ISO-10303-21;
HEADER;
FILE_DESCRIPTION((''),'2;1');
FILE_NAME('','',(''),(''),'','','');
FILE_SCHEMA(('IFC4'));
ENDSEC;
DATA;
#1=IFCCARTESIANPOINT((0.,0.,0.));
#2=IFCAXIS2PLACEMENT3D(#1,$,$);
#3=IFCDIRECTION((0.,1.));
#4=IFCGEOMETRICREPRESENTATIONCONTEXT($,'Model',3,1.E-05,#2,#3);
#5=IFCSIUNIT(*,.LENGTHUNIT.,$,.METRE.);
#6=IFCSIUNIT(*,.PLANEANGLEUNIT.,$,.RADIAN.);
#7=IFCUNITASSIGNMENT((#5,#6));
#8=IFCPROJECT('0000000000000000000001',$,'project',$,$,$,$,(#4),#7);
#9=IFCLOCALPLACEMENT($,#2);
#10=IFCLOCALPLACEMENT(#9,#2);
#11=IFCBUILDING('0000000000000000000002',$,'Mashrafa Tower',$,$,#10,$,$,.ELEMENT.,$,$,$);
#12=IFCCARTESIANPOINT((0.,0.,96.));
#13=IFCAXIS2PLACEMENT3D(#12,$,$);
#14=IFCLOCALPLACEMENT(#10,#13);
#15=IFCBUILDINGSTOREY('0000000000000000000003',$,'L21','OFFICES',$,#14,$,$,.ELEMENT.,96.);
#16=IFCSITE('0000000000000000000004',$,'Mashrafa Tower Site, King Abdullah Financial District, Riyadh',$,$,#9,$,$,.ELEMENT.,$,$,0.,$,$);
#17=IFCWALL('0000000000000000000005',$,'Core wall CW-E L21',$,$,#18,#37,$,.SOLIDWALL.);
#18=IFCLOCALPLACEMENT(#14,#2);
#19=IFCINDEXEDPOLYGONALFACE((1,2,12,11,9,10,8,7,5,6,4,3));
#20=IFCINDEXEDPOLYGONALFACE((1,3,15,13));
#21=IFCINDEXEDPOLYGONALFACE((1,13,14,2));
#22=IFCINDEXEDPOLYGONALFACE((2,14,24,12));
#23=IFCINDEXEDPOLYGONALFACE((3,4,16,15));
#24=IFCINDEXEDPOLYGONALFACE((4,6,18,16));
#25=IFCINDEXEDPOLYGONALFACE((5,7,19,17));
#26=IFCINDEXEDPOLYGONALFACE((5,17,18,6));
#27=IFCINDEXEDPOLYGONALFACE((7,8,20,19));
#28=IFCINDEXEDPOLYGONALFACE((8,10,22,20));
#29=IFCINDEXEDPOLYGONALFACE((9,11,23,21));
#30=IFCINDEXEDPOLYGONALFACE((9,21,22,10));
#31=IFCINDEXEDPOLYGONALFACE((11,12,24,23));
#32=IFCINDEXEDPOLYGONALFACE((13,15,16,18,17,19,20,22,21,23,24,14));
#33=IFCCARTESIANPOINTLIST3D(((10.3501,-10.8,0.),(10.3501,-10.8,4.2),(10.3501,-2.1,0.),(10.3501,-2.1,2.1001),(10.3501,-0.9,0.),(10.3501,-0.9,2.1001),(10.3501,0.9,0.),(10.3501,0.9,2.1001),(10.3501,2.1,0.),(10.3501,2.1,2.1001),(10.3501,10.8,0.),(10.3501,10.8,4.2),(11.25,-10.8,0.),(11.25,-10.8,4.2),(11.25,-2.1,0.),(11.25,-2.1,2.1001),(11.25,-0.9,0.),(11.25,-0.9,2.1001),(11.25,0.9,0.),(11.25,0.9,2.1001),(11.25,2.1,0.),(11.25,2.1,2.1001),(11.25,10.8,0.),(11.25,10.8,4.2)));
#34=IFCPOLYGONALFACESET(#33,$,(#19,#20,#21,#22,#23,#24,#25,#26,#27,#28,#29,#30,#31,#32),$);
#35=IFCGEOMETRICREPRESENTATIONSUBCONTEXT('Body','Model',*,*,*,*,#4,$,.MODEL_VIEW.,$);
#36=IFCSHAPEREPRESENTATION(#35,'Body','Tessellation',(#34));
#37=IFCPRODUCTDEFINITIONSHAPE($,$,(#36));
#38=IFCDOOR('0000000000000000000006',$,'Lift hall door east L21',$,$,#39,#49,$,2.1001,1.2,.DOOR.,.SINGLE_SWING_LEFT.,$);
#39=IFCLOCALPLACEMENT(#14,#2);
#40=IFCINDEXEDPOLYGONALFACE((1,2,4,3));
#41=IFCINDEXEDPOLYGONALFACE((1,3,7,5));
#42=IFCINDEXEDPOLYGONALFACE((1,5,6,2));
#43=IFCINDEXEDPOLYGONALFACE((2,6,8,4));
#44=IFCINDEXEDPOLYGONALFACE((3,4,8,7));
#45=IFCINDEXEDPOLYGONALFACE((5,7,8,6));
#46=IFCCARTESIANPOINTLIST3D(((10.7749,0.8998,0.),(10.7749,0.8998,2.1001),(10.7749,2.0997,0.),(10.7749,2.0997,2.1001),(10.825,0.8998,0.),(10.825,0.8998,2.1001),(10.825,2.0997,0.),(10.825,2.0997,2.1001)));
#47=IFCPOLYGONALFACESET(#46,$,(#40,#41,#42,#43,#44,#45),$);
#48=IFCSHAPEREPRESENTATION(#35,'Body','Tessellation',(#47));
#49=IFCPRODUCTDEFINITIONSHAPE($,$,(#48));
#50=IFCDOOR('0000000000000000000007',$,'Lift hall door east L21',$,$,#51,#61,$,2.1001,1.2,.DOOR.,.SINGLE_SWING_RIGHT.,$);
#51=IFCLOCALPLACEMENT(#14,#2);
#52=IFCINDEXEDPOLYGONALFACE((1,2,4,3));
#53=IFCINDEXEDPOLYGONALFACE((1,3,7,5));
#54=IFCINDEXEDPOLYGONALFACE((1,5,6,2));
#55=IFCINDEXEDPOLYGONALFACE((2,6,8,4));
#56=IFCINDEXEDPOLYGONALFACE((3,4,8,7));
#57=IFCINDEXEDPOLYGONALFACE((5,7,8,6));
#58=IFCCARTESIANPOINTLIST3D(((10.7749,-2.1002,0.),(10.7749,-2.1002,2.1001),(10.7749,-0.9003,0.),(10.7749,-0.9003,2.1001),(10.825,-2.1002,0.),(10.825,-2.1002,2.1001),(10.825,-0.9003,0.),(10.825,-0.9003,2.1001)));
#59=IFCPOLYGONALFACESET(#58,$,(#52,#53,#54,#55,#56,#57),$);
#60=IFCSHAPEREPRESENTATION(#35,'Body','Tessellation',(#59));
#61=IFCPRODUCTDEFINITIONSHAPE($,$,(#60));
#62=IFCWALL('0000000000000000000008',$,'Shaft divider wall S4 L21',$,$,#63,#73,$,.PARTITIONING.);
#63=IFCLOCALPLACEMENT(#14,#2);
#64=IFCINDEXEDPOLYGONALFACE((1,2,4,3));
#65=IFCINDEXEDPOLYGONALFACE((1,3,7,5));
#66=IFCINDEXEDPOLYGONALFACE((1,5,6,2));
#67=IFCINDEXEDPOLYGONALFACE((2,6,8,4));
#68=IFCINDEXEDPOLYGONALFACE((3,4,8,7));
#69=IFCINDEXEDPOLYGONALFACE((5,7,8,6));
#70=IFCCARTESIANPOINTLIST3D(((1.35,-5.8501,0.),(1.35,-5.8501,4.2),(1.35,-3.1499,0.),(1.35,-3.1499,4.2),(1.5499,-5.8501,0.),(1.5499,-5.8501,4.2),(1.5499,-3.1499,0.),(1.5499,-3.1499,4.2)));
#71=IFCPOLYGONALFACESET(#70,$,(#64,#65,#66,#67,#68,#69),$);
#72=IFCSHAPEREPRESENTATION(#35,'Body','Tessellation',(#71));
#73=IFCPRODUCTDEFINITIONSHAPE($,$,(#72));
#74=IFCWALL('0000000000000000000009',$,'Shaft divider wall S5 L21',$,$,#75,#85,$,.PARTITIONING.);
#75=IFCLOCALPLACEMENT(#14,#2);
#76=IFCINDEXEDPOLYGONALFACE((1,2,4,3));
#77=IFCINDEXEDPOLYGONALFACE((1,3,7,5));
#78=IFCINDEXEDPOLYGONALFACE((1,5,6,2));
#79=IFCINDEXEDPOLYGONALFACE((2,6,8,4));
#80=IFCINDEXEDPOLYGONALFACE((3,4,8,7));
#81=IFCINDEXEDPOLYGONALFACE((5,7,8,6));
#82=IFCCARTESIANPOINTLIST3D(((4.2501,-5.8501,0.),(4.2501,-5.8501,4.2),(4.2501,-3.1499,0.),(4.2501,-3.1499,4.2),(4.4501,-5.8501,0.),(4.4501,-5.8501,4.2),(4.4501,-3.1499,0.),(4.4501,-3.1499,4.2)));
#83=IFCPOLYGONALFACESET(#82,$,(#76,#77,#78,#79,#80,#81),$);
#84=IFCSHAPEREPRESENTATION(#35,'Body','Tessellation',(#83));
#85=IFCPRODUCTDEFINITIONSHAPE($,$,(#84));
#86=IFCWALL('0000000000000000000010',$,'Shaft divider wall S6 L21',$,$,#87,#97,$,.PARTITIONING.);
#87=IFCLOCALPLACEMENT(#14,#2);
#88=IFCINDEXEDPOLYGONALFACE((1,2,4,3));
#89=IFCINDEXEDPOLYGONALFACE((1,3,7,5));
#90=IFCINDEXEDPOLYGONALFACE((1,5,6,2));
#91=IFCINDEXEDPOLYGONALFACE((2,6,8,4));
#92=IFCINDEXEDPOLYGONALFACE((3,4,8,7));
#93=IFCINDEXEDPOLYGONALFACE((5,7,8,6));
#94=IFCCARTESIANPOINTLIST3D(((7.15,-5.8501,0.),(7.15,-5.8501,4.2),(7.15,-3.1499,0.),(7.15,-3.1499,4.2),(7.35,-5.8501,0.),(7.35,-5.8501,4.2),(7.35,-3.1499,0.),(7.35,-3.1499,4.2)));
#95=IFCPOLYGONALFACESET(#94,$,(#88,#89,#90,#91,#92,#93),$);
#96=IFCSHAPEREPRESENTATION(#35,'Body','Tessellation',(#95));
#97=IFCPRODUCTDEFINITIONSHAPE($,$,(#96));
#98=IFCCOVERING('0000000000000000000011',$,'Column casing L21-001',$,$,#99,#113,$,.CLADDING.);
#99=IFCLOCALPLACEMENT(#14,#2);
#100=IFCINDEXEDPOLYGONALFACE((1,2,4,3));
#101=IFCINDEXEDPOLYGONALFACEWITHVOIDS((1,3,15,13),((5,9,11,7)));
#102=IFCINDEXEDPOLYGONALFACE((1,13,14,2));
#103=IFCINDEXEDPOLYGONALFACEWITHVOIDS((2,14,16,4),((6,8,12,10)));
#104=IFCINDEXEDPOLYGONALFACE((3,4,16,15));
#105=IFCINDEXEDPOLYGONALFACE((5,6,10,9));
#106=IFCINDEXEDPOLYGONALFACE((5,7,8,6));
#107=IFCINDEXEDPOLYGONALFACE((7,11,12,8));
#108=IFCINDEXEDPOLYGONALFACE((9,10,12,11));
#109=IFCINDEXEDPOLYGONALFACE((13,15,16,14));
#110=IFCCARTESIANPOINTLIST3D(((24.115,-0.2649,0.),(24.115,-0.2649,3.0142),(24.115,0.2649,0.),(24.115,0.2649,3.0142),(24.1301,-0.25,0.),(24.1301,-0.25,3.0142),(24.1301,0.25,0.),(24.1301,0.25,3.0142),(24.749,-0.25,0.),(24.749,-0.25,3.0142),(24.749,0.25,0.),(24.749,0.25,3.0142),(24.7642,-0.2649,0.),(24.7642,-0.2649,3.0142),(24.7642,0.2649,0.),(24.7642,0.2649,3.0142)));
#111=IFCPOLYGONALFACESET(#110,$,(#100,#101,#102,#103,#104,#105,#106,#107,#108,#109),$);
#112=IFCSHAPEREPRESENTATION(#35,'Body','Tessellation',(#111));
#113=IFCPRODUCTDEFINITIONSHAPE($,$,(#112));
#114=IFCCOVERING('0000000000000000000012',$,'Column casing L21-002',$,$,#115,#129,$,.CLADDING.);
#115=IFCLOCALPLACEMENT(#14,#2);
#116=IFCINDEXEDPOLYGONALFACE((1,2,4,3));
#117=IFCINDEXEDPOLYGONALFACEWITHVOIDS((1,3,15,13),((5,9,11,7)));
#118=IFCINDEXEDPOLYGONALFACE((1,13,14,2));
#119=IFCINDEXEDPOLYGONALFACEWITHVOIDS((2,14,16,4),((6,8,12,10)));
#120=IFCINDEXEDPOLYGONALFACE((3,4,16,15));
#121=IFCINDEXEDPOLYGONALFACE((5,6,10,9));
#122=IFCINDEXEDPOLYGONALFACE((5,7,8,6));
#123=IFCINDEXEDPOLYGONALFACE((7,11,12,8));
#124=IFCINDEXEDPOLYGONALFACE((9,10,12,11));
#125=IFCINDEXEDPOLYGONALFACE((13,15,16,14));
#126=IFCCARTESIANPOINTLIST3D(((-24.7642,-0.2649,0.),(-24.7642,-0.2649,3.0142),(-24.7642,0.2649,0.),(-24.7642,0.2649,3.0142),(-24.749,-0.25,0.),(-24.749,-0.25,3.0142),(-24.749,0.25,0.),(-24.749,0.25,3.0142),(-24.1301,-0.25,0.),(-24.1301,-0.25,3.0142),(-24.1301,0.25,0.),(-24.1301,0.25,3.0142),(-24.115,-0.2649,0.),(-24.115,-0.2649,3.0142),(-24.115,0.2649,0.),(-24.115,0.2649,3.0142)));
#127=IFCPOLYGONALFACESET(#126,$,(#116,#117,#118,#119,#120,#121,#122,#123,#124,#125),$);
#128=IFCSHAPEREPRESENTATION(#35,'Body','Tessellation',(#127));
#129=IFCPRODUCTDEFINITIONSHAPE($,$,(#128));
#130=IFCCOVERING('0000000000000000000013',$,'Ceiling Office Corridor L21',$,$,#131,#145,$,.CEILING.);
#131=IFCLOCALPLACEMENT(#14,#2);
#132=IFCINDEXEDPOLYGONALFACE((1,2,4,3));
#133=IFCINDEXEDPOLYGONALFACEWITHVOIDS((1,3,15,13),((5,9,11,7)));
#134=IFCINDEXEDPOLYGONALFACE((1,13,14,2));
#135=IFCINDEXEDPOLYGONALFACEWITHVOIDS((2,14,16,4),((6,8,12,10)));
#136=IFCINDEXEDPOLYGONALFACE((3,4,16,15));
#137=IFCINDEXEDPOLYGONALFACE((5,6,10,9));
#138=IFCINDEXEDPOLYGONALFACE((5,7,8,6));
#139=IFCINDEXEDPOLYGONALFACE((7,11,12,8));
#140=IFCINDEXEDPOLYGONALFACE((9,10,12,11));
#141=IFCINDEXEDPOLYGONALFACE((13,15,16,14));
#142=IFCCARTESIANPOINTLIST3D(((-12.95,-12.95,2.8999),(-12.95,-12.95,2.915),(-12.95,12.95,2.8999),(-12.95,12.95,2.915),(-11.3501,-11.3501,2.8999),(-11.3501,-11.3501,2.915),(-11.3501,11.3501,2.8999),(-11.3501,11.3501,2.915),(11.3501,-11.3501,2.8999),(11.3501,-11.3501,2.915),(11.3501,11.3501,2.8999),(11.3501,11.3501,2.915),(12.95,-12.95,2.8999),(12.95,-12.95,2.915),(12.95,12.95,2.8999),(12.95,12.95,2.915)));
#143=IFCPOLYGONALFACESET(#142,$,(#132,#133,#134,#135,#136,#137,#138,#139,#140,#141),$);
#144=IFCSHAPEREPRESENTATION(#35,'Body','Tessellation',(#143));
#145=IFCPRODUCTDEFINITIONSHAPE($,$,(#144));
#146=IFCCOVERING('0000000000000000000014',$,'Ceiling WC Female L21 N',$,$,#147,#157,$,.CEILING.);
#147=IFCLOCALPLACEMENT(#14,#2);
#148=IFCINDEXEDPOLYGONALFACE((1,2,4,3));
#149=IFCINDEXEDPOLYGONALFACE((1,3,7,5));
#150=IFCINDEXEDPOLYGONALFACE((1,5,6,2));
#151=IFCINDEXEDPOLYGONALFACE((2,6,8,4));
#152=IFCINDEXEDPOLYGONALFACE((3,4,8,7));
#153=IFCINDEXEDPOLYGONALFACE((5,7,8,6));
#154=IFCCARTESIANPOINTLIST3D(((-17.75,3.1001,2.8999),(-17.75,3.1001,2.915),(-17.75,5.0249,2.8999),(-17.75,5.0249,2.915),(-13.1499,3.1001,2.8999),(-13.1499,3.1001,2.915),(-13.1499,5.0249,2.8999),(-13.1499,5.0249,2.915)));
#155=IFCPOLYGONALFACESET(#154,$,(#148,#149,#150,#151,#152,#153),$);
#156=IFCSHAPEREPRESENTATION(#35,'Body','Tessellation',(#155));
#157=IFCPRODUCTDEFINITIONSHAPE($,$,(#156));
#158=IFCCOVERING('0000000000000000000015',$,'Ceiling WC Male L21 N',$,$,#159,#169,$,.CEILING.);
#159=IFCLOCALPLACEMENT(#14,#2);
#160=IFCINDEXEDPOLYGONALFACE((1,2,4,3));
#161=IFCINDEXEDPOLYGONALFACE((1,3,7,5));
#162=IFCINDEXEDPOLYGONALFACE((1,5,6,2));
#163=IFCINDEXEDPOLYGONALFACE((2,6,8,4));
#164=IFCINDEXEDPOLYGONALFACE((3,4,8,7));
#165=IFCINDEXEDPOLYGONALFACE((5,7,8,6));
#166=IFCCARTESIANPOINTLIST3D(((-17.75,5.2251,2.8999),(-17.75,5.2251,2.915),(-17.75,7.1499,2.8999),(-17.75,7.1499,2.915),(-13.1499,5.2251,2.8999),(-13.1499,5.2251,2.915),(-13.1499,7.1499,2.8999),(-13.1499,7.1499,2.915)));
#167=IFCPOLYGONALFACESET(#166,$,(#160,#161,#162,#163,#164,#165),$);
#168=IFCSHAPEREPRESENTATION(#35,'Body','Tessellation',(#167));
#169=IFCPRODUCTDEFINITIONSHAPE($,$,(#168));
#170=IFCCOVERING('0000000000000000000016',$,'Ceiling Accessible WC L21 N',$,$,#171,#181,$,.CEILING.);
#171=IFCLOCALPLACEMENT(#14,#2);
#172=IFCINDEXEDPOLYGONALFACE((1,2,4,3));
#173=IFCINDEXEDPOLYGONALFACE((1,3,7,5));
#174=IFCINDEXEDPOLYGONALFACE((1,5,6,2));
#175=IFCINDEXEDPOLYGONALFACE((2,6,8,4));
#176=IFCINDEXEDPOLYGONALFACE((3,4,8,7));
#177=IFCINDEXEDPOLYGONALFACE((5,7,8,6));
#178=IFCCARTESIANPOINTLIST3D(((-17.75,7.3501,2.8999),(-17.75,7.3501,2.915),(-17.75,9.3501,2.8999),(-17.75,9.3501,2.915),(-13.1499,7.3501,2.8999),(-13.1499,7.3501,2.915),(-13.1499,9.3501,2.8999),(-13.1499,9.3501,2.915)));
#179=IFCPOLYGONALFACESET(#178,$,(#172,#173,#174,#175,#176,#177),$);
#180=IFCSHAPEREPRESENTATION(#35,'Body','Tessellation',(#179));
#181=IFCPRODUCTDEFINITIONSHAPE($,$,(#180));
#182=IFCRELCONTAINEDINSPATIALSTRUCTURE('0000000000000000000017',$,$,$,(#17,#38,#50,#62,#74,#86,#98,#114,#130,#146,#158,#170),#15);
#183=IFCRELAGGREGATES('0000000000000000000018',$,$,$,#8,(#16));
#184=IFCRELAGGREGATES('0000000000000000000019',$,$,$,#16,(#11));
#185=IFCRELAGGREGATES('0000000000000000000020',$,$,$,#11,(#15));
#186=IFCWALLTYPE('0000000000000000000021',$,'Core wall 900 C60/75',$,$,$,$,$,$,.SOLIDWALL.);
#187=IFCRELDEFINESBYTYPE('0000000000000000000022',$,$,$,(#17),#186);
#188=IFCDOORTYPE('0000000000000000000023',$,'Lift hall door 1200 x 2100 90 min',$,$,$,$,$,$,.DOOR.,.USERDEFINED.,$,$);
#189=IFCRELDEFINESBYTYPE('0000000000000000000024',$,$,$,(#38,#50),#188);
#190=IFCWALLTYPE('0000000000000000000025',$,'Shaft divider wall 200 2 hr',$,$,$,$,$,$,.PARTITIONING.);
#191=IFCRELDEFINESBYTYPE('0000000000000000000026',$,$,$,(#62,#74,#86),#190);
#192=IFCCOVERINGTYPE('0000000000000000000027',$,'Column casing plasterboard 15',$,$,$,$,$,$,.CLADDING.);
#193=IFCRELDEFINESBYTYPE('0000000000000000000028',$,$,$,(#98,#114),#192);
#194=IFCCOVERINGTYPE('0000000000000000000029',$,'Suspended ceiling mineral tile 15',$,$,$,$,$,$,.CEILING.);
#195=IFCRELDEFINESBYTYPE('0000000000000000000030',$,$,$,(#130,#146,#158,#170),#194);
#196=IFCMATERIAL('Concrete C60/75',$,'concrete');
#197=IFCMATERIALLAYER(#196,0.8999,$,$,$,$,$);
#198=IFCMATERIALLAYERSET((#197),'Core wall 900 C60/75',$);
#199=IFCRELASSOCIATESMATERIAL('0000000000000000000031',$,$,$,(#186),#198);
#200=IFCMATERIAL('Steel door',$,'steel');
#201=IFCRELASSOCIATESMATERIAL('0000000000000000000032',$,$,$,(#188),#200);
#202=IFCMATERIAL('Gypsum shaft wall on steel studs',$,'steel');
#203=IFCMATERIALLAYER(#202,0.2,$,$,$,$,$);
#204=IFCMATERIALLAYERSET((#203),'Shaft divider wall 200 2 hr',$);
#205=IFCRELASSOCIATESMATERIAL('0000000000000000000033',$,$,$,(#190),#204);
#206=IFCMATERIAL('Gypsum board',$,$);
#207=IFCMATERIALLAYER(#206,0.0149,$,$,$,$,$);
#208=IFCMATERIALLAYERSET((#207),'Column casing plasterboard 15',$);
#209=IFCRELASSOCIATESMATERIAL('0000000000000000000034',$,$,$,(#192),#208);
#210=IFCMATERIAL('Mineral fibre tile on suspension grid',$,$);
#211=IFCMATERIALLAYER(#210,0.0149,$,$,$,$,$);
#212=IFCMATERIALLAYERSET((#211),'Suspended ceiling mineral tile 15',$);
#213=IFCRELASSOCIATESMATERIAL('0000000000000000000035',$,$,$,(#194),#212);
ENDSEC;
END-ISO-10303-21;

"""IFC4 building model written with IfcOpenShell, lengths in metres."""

from ifc_helpers import new_model, si_unit, direction, frame, frame_2d, origin, place, context, subcontext, project, spatial, polyline, rectangle, outline, extrude, material, layer, layer_set, type_object, element, fill, save


model = new_model("IFC4")

# Units and contexts
model_context = context("Model", 3, precision=1e-05, world=origin(), true_north=direction((0.0, 1.0)))
body_context = subcontext(model_context, "Body", "Model", "MODEL_VIEW")
ifc_project = project(units=[si_unit("LENGTHUNIT", "METRE"), si_unit("PLANEANGLEUNIT", "RADIAN")], contexts=[model_context])

# Site, building, storey
site_placement = place(None, origin())
site = spatial("IfcSite", under=ifc_project, at=site_placement, Name="Mashrafa Tower Site, King Abdullah Financial District, Riyadh", CompositionType="ELEMENT", RefElevation=0.0)
building_placement = place(site_placement, origin())
building = spatial("IfcBuilding", under=site, at=building_placement, Name="Mashrafa Tower", CompositionType="ELEMENT")
storey_placement = place(building_placement, frame((0.0, 0.0, 96.0)))
storey = spatial("IfcBuildingStorey", under=building, at=storey_placement, Name="L21", Description="OFFICES", CompositionType="ELEMENT", Elevation=96.0)

# Wall, openings, doors
ifc_material_1 = material(Name="Concrete C60/75", Category="concrete")
ifc_layer_1 = layer(ifc_material_1, 0.8999)
ifc_layer_set_1 = layer_set([ifc_layer_1], Name="Core wall 900 C60/75")
wall_type_1 = type_object("IfcWallType", Name="Core wall 900 C60/75", PredefinedType="SOLIDWALL", material=ifc_layer_set_1)
wall_1_placement = place(storey_placement, frame((10.8, -10.8, 0.0), z_axis=(0.0, 0.0, 1.0), x_axis=(0.0, 1.0, 0.0)))
wall_1 = element("IfcWall", 1, at=wall_1_placement, inside=storey, type_object=wall_type_1, Name="Core wall CW-E L21", PredefinedType="SOLIDWALL", context=body_context, shape_type="SweptSolid", body=[
    extrude(rectangle(XDim=21.6001, YDim=0.8999, at=frame_2d((10.8, 0.0))), origin(), (0.0, 0.0, 1.0), 4.2),
])
opening_1_placement = place(wall_1_placement, frame((11.7, 0.0, 0.0)))
opening_1 = element("IfcOpeningElement", 2, at=opening_1_placement, cuts=wall_1, PredefinedType="OPENING", context=body_context, shape_type="SweptSolid", body=[
    extrude(rectangle(XDim=1.2, YDim=2.1001, at=frame_2d((0.6001, 1.05))), frame((0.0, 0.46, 0.0), z_axis=(0.0, -1.0, 0.0), x_axis=(1.0, 0.0, 0.0)), (0.0, 0.0, 1.0), 0.9199),
])
opening_2_placement = place(wall_1_placement, frame((8.7, 0.0, 0.0)))
opening_2 = element("IfcOpeningElement", 3, at=opening_2_placement, cuts=wall_1, PredefinedType="OPENING", context=body_context, shape_type="SweptSolid", body=[
    extrude(rectangle(XDim=1.2, YDim=2.1001, at=frame_2d((0.6001, 1.05))), frame((0.0, 0.46, 0.0), z_axis=(0.0, -1.0, 0.0), x_axis=(1.0, 0.0, 0.0)), (0.0, 0.0, 1.0), 0.9199),
])
ifc_material_2 = material(Name="Steel door", Category="steel")
door_type_1 = type_object("IfcDoorType", Name="Lift hall door 1200 x 2100 90 min", OperationType="USERDEFINED", PredefinedType="DOOR", material=ifc_material_2)
door_1_placement = place(opening_1_placement, frame((1.2, 0.0, 0.0), z_axis=(0.0, 0.0, 1.0), x_axis=(-1.0, 0.0, 0.0)))
door_1 = element("IfcDoor", 4, at=door_1_placement, inside=storey, type_object=door_type_1, Name="Lift hall door east L21", OperationType="SINGLE_SWING_LEFT", OverallHeight=2.1001, OverallWidth=1.2, PredefinedType="DOOR", context=body_context, shape_type="SweptSolid", body=[
    extrude(rectangle(XDim=1.2, YDim=2.1001, at=frame_2d((0.6001, 1.05))), frame((0.0, 0.0249, 0.0), z_axis=(0.0, -1.0, 0.0), x_axis=(1.0, 0.0, 0.0)), (0.0, 0.0, 1.0), 0.05),
])
fill(opening_1, door_1)
door_2_placement = place(opening_2_placement, frame((1.2, 0.0, 0.0), z_axis=(0.0, 0.0, 1.0), x_axis=(-1.0, 0.0, 0.0)))
door_2 = element("IfcDoor", 5, at=door_2_placement, inside=storey, type_object=door_type_1, Name="Lift hall door east L21", OperationType="SINGLE_SWING_RIGHT", OverallHeight=2.1001, OverallWidth=1.2, PredefinedType="DOOR", context=body_context, shape_type="SweptSolid", body=[
    extrude(rectangle(XDim=1.2, YDim=2.1001, at=frame_2d((0.6001, 1.05))), frame((0.0, 0.0249, 0.0), z_axis=(0.0, -1.0, 0.0), x_axis=(1.0, 0.0, 0.0)), (0.0, 0.0, 1.0), 0.05),
])
fill(opening_2, door_2)

# Walls
ifc_material_3 = material(Name="Gypsum shaft wall on steel studs", Category="steel")
ifc_layer_2 = layer(ifc_material_3, 0.2)
ifc_layer_set_2 = layer_set([ifc_layer_2], Name="Shaft divider wall 200 2 hr")
wall_type_2 = type_object("IfcWallType", Name="Shaft divider wall 200 2 hr", PredefinedType="PARTITIONING", material=ifc_layer_set_2)
for number, where, z_axis, x_axis, name in (
    (6, (1.45, -5.8501, 0.0), (0.0, 0.0, 1.0), (0.0, 1.0, 0.0), "Shaft divider wall S4 L21"),
    (7, (4.3501, -5.8501, 0.0), (0.0, 0.0, 1.0), (0.0, 1.0, 0.0), "Shaft divider wall S5 L21"),
    (8, (7.25, -5.8501, 0.0), (0.0, 0.0, 1.0), (0.0, 1.0, 0.0), "Shaft divider wall S6 L21"),
):
    element("IfcWall", number, at=place(storey_placement, frame(where, z_axis=z_axis, x_axis=x_axis)), inside=storey, type_object=wall_type_2, Name=name, PredefinedType="PARTITIONING", context=body_context, shape_type="SweptSolid", body=[
        extrude(rectangle(XDim=2.7002, YDim=0.2, at=frame_2d((1.3501, 0.0))), origin(), (0.0, 0.0, 1.0), 4.2),
    ])

# Coverings
ifc_material_4 = material(Name="Gypsum board")
ifc_layer_3 = layer(ifc_material_4, 0.0149)
ifc_layer_set_3 = layer_set([ifc_layer_3], Name="Column casing plasterboard 15")
covering_type_1 = type_object("IfcCoveringType", Name="Column casing plasterboard 15", PredefinedType="CLADDING", material=ifc_layer_set_3)
covering_1_placement = place(storey_placement, origin())
element("IfcCovering", 9, at=covering_1_placement, inside=storey, type_object=covering_type_1, Name="Column casing L21-001", PredefinedType="CLADDING", context=body_context, shape_type="SweptSolid", body=[
    extrude(outline(polyline([(24.115, 0.2649), (24.7642, 0.2649), (24.7642, -0.2649), (24.115, -0.2649), (24.115, 0.2649)]), holes=[polyline([(24.749, -0.25), (24.749, 0.25), (24.1301, 0.25), (24.1301, -0.25), (24.749, -0.25)])]), origin(), (0.0, 0.0, 1.0), 3.0142),
])
covering_2_placement = place(storey_placement, origin())
element("IfcCovering", 10, at=covering_2_placement, inside=storey, type_object=covering_type_1, Name="Column casing L21-002", PredefinedType="CLADDING", context=body_context, shape_type="SweptSolid", body=[
    extrude(outline(polyline([(-24.7642, 0.2649), (-24.115, 0.2649), (-24.115, -0.2649), (-24.7642, -0.2649), (-24.7642, 0.2649)]), holes=[polyline([(-24.1301, -0.25), (-24.1301, 0.25), (-24.749, 0.25), (-24.749, -0.25), (-24.1301, -0.25)])]), origin(), (0.0, 0.0, 1.0), 3.0142),
])
ifc_material_5 = material(Name="Mineral fibre tile on suspension grid")
ifc_layer_4 = layer(ifc_material_5, 0.0149)
ifc_layer_set_4 = layer_set([ifc_layer_4], Name="Suspended ceiling mineral tile 15")
covering_type_2 = type_object("IfcCoveringType", Name="Suspended ceiling mineral tile 15", PredefinedType="CEILING", material=ifc_layer_set_4)
covering_3_placement = place(storey_placement, frame((0.0, 0.0, 2.8999)))
element("IfcCovering", 11, at=covering_3_placement, inside=storey, type_object=covering_type_2, Name="Ceiling Office Corridor L21", PredefinedType="CEILING", context=body_context, shape_type="SweptSolid", body=[
    extrude(outline(polyline([(-12.95, -12.95), (-12.95, 12.95), (12.95, 12.95), (12.95, -12.95), (-12.95, -12.95)]), holes=[polyline([(11.3501, 11.3501), (-11.3501, 11.3501), (-11.3501, -11.3501), (11.3501, -11.3501), (11.3501, 11.3501)])]), origin(), (0.0, 0.0, 1.0), 0.0151),
])
covering_4_placement = place(storey_placement, frame((0.0, 0.0, 2.8999)))
element("IfcCovering", 12, at=covering_4_placement, inside=storey, type_object=covering_type_2, Name="Ceiling WC Female L21 N", PredefinedType="CEILING", context=body_context, shape_type="SweptSolid", body=[
    extrude(outline(polyline([(-17.75, 3.1001), (-17.75, 5.0249), (-13.1499, 5.0249), (-13.1499, 3.1001), (-17.75, 3.1001)])), origin(), (0.0, 0.0, 1.0), 0.0151),
])
covering_5_placement = place(storey_placement, frame((0.0, 0.0, 2.8999)))
element("IfcCovering", 13, at=covering_5_placement, inside=storey, type_object=covering_type_2, Name="Ceiling WC Male L21 N", PredefinedType="CEILING", context=body_context, shape_type="SweptSolid", body=[
    extrude(outline(polyline([(-17.75, 5.2251), (-17.75, 7.1499), (-13.1499, 7.1499), (-13.1499, 5.2251), (-17.75, 5.2251)])), origin(), (0.0, 0.0, 1.0), 0.0151),
])
covering_6_placement = place(storey_placement, frame((0.0, 0.0, 2.8999)))
element("IfcCovering", 14, at=covering_6_placement, inside=storey, type_object=covering_type_2, Name="Ceiling Accessible WC L21 N", PredefinedType="CEILING", context=body_context, shape_type="SweptSolid", body=[
    extrude(outline(polyline([(-17.75, 7.3501), (-17.75, 9.3501), (-13.1499, 9.3501), (-13.1499, 7.3501), (-17.75, 7.3501)])), origin(), (0.0, 0.0, 1.0), 0.0151),
])

save(model, "model.ifc")
